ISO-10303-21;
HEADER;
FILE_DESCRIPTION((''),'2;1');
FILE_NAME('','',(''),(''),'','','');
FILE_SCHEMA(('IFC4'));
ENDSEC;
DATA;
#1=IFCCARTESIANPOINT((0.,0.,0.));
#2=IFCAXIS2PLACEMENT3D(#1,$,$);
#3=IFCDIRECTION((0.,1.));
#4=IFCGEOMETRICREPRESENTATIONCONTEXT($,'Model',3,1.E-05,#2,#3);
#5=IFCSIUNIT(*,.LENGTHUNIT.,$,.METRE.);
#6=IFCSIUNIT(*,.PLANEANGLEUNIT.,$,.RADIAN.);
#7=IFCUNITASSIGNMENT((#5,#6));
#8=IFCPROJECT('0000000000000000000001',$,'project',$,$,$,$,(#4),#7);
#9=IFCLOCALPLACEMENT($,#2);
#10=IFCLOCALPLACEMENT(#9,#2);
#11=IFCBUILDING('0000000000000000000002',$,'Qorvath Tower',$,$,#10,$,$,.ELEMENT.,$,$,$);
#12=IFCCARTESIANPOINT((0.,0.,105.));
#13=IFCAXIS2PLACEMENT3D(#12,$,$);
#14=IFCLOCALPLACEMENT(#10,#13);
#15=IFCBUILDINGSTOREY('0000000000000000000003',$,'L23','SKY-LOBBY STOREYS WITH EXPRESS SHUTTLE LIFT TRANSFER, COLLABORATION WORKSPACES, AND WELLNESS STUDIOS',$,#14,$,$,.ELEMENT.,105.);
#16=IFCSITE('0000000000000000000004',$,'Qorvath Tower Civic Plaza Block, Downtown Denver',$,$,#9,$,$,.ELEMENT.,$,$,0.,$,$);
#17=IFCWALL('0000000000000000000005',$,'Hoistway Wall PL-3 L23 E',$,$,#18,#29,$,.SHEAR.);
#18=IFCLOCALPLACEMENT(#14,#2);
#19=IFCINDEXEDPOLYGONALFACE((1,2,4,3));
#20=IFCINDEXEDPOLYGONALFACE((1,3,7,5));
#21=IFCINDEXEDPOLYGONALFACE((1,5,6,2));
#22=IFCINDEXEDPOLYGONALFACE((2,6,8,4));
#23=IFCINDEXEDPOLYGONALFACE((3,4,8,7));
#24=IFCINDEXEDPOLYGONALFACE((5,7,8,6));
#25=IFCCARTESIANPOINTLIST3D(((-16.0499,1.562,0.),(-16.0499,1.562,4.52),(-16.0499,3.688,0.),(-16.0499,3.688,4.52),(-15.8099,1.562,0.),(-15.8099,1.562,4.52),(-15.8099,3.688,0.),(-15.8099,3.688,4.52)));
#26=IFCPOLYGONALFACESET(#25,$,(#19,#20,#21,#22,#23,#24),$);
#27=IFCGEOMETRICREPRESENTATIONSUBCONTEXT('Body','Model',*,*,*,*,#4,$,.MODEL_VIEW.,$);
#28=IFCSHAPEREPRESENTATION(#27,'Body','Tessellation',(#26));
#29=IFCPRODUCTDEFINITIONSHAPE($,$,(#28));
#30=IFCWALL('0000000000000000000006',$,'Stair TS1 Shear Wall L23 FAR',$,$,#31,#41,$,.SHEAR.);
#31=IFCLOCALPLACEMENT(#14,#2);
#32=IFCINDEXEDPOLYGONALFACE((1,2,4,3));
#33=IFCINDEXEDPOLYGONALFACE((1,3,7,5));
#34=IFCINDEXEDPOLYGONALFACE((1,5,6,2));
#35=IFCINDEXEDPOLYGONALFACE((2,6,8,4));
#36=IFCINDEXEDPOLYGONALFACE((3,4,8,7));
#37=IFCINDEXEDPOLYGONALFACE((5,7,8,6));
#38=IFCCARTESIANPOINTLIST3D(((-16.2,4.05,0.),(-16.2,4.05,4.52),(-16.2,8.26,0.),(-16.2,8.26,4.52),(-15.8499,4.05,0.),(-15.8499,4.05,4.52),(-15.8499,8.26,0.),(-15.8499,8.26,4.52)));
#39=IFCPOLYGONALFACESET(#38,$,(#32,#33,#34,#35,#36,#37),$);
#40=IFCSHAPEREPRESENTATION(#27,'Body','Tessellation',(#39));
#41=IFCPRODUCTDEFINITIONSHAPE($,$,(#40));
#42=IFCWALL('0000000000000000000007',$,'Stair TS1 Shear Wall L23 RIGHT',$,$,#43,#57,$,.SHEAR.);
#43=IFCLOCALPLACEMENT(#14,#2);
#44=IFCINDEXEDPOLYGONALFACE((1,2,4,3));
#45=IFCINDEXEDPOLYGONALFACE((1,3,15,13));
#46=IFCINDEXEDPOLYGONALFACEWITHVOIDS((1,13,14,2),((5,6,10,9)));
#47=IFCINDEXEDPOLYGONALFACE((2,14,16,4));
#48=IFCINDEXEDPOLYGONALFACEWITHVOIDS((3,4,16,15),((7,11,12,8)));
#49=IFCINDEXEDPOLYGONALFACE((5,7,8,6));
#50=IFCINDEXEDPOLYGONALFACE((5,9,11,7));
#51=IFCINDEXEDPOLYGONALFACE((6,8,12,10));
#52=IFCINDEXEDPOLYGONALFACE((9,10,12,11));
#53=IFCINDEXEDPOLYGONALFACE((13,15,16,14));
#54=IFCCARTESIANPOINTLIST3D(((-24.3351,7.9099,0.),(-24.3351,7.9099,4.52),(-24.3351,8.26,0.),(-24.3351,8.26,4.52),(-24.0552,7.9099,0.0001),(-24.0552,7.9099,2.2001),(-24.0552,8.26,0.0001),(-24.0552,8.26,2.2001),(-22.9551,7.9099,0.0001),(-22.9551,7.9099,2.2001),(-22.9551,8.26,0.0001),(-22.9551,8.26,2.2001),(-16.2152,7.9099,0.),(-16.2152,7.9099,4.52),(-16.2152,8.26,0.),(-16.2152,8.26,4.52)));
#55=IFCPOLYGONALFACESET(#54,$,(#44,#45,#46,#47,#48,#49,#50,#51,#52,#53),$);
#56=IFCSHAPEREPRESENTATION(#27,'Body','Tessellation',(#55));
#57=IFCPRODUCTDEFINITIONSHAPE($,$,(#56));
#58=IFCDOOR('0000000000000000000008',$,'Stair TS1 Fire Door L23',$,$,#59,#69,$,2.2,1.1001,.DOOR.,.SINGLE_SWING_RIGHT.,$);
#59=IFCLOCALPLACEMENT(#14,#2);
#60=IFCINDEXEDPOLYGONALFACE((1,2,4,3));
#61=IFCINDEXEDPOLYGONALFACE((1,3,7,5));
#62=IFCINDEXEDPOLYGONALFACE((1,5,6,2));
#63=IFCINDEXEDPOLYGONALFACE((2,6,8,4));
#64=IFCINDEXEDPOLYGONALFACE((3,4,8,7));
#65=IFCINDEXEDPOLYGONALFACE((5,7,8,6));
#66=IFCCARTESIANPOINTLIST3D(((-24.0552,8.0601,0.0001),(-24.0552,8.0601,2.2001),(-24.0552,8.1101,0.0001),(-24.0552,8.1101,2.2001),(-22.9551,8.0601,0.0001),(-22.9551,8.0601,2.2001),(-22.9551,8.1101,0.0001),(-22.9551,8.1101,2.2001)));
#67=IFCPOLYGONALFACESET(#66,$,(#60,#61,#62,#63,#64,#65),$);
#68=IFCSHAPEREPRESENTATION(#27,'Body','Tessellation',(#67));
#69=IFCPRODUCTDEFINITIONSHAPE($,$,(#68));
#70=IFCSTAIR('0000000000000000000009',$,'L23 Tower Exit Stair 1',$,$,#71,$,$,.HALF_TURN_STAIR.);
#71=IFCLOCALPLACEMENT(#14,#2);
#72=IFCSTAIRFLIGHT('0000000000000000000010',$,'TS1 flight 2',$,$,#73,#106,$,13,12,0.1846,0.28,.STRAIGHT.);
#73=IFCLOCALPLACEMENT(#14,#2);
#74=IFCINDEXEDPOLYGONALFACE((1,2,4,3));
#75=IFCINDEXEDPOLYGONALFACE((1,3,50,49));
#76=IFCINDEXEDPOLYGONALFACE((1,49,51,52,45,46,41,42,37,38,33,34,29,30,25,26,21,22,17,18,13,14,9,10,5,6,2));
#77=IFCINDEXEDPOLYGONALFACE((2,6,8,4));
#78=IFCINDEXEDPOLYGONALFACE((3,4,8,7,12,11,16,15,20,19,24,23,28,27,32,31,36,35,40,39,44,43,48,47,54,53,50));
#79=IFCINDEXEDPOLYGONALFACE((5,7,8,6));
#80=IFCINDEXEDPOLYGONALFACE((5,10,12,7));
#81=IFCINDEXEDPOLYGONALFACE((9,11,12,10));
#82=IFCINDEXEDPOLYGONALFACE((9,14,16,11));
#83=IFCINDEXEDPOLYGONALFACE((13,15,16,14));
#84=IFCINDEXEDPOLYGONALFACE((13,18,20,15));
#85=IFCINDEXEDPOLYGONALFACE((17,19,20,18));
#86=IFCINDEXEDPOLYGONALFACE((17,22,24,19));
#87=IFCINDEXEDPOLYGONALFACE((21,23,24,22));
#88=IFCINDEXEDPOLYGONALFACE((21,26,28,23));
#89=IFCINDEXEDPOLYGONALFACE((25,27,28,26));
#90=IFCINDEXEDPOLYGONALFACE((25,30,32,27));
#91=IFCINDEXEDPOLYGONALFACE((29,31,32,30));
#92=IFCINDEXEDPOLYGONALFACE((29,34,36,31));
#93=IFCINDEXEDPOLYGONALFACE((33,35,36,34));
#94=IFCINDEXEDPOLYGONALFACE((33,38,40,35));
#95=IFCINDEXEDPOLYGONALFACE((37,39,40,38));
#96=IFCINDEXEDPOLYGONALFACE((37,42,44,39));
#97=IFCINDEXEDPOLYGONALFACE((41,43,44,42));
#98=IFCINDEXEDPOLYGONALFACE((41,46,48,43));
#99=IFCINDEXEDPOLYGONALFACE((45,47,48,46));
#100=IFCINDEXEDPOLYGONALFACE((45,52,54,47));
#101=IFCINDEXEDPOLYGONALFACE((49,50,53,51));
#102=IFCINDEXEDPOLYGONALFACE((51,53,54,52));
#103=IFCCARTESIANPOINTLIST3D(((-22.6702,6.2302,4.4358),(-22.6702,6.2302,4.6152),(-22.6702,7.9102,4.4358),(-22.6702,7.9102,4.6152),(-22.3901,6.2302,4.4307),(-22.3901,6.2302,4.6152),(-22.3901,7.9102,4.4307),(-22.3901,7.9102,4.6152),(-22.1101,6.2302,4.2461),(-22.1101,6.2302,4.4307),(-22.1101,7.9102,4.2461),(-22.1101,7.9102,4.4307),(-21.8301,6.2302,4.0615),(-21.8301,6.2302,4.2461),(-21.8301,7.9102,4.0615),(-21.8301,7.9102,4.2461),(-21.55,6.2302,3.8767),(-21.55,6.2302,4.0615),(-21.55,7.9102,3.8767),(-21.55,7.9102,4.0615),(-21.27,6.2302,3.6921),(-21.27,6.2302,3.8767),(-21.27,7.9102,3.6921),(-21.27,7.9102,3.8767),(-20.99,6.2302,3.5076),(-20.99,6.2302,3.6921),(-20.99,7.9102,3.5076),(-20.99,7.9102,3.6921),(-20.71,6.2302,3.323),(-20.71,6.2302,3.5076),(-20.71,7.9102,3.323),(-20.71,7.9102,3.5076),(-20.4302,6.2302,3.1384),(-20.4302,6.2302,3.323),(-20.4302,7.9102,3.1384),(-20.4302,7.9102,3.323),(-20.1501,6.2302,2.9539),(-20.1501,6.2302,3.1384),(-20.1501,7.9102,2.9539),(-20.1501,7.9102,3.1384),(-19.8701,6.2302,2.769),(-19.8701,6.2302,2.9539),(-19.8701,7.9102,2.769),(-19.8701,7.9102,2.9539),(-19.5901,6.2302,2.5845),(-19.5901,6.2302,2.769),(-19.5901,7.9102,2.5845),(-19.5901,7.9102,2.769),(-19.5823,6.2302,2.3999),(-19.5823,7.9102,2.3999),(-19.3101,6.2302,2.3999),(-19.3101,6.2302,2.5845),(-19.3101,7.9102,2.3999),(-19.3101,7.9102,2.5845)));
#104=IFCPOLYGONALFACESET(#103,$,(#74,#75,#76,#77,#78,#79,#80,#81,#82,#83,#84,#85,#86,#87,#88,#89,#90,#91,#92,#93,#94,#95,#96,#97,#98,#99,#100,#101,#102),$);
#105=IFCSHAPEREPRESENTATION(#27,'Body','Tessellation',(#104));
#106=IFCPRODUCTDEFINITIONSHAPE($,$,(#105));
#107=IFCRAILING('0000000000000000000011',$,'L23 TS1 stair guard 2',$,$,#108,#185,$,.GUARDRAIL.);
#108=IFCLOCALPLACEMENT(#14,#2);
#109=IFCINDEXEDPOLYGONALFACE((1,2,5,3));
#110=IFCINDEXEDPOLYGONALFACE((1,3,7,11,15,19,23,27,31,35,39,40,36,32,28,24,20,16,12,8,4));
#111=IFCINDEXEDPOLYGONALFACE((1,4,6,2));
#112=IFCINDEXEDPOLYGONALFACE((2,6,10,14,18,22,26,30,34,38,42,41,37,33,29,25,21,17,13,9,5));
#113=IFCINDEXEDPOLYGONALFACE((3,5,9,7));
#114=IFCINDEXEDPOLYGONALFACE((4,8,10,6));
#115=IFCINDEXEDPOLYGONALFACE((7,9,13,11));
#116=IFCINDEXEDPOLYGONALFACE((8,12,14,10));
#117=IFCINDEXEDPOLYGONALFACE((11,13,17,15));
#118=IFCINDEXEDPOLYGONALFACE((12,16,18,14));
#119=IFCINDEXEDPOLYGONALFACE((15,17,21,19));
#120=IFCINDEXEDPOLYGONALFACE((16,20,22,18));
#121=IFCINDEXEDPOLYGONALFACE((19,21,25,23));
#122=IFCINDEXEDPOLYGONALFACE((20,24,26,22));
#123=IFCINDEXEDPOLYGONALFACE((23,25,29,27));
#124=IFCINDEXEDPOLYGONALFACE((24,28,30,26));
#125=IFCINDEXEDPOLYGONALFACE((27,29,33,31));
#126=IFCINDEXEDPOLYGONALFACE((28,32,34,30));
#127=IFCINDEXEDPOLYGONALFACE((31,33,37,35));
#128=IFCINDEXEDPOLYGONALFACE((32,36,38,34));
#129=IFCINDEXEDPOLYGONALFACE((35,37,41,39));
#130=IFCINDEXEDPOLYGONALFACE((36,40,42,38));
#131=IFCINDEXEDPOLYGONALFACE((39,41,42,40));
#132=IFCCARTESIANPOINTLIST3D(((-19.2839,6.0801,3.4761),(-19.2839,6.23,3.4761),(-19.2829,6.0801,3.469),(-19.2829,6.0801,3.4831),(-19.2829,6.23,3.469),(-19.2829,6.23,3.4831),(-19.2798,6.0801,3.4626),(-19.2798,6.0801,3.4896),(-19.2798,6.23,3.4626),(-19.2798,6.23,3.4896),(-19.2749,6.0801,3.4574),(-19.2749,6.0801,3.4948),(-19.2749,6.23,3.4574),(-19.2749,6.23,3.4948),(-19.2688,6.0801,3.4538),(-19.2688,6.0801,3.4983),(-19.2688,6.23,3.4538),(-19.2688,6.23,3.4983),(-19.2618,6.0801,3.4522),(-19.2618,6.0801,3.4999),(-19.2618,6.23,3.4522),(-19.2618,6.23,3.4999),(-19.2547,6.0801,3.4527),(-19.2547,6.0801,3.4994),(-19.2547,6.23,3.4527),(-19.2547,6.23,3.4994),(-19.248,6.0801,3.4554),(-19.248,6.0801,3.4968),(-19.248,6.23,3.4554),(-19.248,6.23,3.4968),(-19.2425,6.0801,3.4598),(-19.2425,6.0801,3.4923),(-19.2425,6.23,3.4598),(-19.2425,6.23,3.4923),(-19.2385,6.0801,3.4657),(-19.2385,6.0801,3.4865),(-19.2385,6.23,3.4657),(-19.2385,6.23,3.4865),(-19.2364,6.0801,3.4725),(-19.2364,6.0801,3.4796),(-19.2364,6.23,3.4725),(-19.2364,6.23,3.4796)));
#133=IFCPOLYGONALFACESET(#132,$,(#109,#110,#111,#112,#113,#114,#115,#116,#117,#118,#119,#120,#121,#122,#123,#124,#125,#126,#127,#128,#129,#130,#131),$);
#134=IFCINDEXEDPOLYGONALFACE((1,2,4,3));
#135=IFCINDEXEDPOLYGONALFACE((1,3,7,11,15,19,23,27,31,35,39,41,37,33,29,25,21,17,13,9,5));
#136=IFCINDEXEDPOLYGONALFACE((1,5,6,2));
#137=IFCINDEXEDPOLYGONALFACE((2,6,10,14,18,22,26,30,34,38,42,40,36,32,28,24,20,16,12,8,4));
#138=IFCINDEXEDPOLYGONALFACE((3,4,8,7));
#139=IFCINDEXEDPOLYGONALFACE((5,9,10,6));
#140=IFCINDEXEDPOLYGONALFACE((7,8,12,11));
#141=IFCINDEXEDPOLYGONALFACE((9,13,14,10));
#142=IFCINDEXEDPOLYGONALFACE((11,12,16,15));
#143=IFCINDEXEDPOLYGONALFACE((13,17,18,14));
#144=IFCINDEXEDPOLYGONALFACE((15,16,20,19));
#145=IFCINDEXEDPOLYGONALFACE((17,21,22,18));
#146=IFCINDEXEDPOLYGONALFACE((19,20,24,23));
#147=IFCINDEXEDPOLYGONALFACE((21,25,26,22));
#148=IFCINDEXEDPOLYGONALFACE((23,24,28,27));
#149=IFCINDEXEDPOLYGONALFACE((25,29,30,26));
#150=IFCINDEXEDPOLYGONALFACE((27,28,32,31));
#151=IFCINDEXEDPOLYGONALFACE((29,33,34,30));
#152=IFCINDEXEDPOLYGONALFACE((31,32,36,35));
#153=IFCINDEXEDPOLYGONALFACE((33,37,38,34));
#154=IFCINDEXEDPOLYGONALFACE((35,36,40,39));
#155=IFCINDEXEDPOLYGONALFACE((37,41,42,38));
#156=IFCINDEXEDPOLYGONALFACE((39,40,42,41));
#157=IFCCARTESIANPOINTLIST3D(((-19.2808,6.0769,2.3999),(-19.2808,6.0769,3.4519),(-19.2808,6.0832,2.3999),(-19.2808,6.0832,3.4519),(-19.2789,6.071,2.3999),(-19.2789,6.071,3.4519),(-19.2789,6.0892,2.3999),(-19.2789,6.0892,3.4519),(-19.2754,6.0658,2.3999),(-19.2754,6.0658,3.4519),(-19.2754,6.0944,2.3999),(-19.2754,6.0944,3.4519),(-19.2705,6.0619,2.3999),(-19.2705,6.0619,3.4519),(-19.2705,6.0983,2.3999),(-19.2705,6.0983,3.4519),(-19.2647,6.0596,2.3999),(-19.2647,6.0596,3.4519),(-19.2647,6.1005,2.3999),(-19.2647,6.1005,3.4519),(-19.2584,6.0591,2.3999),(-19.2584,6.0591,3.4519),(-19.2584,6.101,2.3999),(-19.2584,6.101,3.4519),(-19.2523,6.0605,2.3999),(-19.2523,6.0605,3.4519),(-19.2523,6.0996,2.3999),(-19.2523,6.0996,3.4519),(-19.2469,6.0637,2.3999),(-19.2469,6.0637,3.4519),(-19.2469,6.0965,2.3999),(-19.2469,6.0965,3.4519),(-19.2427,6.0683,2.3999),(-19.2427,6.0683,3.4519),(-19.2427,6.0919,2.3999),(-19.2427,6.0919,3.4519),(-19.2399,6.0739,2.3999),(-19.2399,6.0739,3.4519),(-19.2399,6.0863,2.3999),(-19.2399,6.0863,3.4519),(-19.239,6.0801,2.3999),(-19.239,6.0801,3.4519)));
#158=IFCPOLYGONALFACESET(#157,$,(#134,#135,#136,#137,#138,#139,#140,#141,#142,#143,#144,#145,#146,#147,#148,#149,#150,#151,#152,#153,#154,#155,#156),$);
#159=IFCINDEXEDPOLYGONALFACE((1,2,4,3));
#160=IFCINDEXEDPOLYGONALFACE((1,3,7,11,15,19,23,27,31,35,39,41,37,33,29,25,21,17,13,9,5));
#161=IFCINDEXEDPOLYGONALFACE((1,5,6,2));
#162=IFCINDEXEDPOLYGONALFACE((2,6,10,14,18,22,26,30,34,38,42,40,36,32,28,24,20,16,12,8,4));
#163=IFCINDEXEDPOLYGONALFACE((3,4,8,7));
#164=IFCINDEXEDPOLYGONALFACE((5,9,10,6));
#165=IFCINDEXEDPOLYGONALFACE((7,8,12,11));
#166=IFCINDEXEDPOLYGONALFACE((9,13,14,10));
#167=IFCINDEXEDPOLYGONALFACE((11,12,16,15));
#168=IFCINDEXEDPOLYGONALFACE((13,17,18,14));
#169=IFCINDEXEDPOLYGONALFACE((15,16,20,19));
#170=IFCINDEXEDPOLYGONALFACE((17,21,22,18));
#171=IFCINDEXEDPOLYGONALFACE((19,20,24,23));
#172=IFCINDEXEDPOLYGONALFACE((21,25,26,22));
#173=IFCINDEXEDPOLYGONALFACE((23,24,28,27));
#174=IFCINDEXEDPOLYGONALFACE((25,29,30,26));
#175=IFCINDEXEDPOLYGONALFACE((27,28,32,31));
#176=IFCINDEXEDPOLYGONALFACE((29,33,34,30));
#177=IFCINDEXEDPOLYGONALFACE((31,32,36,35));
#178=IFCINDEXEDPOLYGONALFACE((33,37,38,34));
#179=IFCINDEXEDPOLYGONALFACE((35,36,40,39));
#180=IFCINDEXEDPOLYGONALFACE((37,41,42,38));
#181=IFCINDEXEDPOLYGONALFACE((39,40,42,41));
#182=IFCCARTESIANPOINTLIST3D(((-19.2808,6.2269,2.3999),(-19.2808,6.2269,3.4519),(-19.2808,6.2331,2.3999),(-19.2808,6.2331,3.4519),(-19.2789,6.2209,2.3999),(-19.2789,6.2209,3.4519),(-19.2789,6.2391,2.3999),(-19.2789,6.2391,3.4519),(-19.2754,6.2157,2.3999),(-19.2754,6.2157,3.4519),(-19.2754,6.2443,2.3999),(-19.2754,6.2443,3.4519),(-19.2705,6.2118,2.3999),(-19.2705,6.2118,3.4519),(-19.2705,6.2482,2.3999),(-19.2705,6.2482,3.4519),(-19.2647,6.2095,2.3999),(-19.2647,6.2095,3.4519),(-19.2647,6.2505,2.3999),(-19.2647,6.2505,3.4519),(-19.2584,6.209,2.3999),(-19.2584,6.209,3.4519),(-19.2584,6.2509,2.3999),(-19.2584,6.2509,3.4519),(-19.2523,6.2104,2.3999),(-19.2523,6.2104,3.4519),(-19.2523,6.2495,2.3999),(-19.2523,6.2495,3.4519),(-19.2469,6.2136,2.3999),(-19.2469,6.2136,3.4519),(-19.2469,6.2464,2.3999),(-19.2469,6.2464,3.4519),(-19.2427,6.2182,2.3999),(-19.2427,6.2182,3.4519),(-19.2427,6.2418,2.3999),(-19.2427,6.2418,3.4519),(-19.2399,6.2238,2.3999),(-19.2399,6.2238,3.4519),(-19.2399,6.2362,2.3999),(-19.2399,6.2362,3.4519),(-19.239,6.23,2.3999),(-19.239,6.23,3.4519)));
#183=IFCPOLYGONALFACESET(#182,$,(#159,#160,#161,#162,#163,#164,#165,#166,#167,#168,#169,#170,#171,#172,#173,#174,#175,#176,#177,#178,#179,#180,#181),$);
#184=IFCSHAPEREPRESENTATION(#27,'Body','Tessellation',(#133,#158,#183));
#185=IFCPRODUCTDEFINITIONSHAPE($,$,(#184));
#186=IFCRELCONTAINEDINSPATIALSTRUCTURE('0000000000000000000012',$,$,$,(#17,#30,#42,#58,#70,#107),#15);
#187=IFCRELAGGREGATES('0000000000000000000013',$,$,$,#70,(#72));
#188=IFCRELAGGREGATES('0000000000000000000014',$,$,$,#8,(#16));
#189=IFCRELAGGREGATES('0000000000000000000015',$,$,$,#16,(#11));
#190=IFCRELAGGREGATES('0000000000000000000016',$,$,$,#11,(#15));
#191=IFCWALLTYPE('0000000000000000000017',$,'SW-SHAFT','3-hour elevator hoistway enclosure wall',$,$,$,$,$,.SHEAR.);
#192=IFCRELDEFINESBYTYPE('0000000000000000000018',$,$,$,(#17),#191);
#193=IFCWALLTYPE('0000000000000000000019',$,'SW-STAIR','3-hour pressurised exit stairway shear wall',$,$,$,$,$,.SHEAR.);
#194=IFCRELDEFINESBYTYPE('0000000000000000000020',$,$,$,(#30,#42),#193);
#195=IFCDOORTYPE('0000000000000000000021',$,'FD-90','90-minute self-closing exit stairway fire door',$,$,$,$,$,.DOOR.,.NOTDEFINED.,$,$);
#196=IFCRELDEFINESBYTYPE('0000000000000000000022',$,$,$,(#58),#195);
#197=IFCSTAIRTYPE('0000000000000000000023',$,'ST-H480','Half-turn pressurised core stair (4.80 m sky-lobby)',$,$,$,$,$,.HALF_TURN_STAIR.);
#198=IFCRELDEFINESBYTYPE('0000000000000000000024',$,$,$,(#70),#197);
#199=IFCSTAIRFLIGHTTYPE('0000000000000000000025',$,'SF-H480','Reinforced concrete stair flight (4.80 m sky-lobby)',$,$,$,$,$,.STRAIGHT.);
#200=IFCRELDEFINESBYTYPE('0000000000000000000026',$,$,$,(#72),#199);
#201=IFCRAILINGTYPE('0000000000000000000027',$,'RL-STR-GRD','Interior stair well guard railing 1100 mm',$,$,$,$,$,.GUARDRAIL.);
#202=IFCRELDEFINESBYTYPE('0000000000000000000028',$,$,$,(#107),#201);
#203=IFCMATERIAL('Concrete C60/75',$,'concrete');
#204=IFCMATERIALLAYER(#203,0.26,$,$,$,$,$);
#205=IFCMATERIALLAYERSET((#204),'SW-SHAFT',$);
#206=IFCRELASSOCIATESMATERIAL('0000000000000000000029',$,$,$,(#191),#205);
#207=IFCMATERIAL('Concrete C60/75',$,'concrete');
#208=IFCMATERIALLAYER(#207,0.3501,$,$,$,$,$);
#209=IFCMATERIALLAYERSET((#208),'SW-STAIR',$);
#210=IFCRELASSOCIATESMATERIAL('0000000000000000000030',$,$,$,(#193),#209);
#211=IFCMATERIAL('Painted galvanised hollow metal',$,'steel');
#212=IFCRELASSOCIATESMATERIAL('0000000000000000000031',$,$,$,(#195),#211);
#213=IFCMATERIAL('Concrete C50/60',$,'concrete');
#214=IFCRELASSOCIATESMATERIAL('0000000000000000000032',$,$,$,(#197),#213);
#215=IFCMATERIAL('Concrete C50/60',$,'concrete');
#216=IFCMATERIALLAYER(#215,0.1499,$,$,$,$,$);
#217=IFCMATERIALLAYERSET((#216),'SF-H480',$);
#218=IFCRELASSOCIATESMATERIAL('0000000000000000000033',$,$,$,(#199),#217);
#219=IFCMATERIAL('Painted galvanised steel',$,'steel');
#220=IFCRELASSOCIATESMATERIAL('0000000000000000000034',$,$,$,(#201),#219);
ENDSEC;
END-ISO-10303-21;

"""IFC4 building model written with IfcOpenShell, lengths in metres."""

from ifc_helpers import new_model, si_unit, direction, frame, frame_2d, origin, origin_2d, place, context, subcontext, project, spatial, polyline, rectangle, circle, outline, extrude, material, layer, layer_set, type_object, element, fill, aggregate, save


model = new_model("IFC4")

# Units and contexts
model_context = context("Model", 3, precision=1e-05, world=origin(), true_north=direction((0.0, 1.0)))
body_context = subcontext(model_context, "Body", "Model", "MODEL_VIEW")
ifc_project = project(units=[si_unit("LENGTHUNIT", "METRE"), si_unit("PLANEANGLEUNIT", "RADIAN")], contexts=[model_context])

# Site, building, storey
site_placement = place(None, origin())
site = spatial("IfcSite", under=ifc_project, at=site_placement, Name="Qorvath Tower Civic Plaza Block, Downtown Denver", CompositionType="ELEMENT", RefElevation=0.0)
building_placement = place(site_placement, origin())
building = spatial("IfcBuilding", under=site, at=building_placement, Name="Qorvath Tower", CompositionType="ELEMENT")
storey_placement = place(building_placement, frame((0.0, 0.0, 105.0)))
storey = spatial("IfcBuildingStorey", under=building, at=storey_placement, Name="L23", Description="SKY-LOBBY STOREYS WITH EXPRESS SHUTTLE LIFT TRANSFER, COLLABORATION WORKSPACES, AND WELLNESS STUDIOS", CompositionType="ELEMENT", Elevation=105.0)

# Shared definitions
ifc_material_1 = material(Name="Concrete C60/75", Category="concrete")
ifc_layer_1 = layer(ifc_material_1, 0.26)
ifc_layer_set_1 = layer_set([ifc_layer_1], Name="SW-SHAFT")
wall_type_1 = type_object("IfcWallType", Name="SW-SHAFT", Description="3-hour elevator hoistway enclosure wall", PredefinedType="SHEAR", material=ifc_layer_set_1)

# Walls
wall_1_placement = place(storey_placement, frame((-15.9299, 3.688, 0.0), z_axis=(0.0, 0.0, 1.0), x_axis=(0.0, -1.0, 0.0)))
element("IfcWall", 1, at=wall_1_placement, inside=storey, type_object=wall_type_1, Name="Hoistway Wall PL-3 L23 E", PredefinedType="SHEAR", context=body_context, shape_type="SweptSolid", body=[
    extrude(rectangle(XDim=2.126, YDim=0.24, at=frame_2d((1.063, 0.0))), origin(), (0.0, 0.0, 1.0), 4.52),
])
ifc_material_2 = material(Name="Concrete C60/75", Category="concrete")
ifc_layer_2 = layer(ifc_material_2, 0.3501)
ifc_layer_set_2 = layer_set([ifc_layer_2], Name="SW-STAIR")
wall_type_2 = type_object("IfcWallType", Name="SW-STAIR", Description="3-hour pressurised exit stairway shear wall", PredefinedType="SHEAR", material=ifc_layer_set_2)
wall_2_placement = place(storey_placement, frame((-16.0249, 4.05, 0.0), z_axis=(0.0, 0.0, 1.0), x_axis=(0.0, 1.0, 0.0)))
element("IfcWall", 2, at=wall_2_placement, inside=storey, type_object=wall_type_2, Name="Stair TS1 Shear Wall L23 FAR", PredefinedType="SHEAR", context=body_context, shape_type="SweptSolid", body=[
    extrude(rectangle(XDim=4.21, YDim=0.3501, at=frame_2d((2.105, 0.0))), origin(), (0.0, 0.0, 1.0), 4.52),
])

# Wall, opening, door
wall_3_placement = place(storey_placement, frame((-16.2151, 8.085, 0.0), z_axis=(0.0, 0.0, 1.0), x_axis=(-1.0, 0.0, 0.0)))
wall_3 = element("IfcWall", 3, at=wall_3_placement, inside=storey, type_object=wall_type_2, Name="Stair TS1 Shear Wall L23 RIGHT", PredefinedType="SHEAR", context=body_context, shape_type="SweptSolid", body=[
    extrude(rectangle(XDim=8.1199, YDim=0.3501, at=frame_2d((4.0601, 0.0))), origin(), (0.0, 0.0, 1.0), 4.52),
])
opening_1_placement = place(wall_3_placement, frame((6.74, 0.0, 0.0)))
opening_1 = element("IfcOpeningElement", 4, at=opening_1_placement, cuts=wall_3, PredefinedType="OPENING", context=body_context, shape_type="SweptSolid", body=[
    extrude(rectangle(XDim=1.1001, YDim=2.2, at=frame_2d((0.55, 1.1001))), frame((0.0, 0.1851, 0.0), z_axis=(0.0, -1.0, 0.0), x_axis=(1.0, 0.0, 0.0)), (0.0, 0.0, 1.0), 0.3701),
])
ifc_material_3 = material(Name="Painted galvanised hollow metal", Category="steel")
door_type_1 = type_object("IfcDoorType", Name="FD-90", Description="90-minute self-closing exit stairway fire door", OperationType="NOTDEFINED", PredefinedType="DOOR", material=ifc_material_3)
door_1_placement = place(opening_1_placement, origin())
door_1 = element("IfcDoor", 5, at=door_1_placement, inside=storey, type_object=door_type_1, Name="Stair TS1 Fire Door L23", OperationType="SINGLE_SWING_RIGHT", OverallHeight=2.2, OverallWidth=1.1001, PredefinedType="DOOR", context=body_context, shape_type="SweptSolid", body=[
    extrude(rectangle(XDim=1.1001, YDim=2.2, at=frame_2d((0.55, 1.1001))), frame((0.0, 0.0249, 0.0), z_axis=(0.0, -1.0, 0.0), x_axis=(1.0, 0.0, 0.0)), (0.0, 0.0, 1.0), 0.05),
])
fill(opening_1, door_1)

# Stair, stair flight
ifc_material_4 = material(Name="Concrete C50/60", Category="concrete")
stair_type = type_object("IfcStairType", Name="ST-H480", Description="Half-turn pressurised core stair (4.80 m sky-lobby)", PredefinedType="HALF_TURN_STAIR", material=ifc_material_4)
stair_placement = place(storey_placement, origin())
stair = element("IfcStair", 6, at=stair_placement, inside=storey, type_object=stair_type, Name="L23 Tower Exit Stair 1", PredefinedType="HALF_TURN_STAIR")
ifc_material_5 = material(Name="Concrete C50/60", Category="concrete")
ifc_layer_3 = layer(ifc_material_5, 0.1499)
ifc_layer_set_3 = layer_set([ifc_layer_3], Name="SF-H480")
stair_flight_type = type_object("IfcStairFlightType", Name="SF-H480", Description="Reinforced concrete stair flight (4.80 m sky-lobby)", PredefinedType="STRAIGHT", material=ifc_layer_set_3)
stair_flight_placement = place(storey_placement, frame((-19.3101, 7.0701, 2.3999), z_axis=(0.0, 0.0, 1.0), x_axis=(-1.0, 0.0, 0.0)))
stair_flight = element("IfcStairFlight", 7, at=stair_flight_placement, type_object=stair_flight_type, Name="TS1 flight 2", NumberOfRisers=13, NumberOfTreads=12, PredefinedType="STRAIGHT", RiserHeight=0.1846, TreadLength=0.28, context=body_context, shape_type="SweptSolid", body=[
    extrude(outline(polyline([(0.0, 0.0), (0.0, 0.1846), (0.28, 0.1846), (0.28, 0.3691), (0.5601, 0.3691), (0.5601, 0.554), (0.8401, 0.554), (0.8401, 0.7385), (1.1201, 0.7385), (1.1201, 0.9231), (1.3999, 0.9231), (1.3999, 1.1077), (1.6799, 1.1077), (1.6799, 1.2922), (1.96, 1.2922), (1.96, 1.4768), (2.24, 1.4768), (2.24, 1.6616), (2.52, 1.6616), (2.52, 1.8462), (2.8, 1.8462), (2.8, 2.0308), (3.0801, 2.0308), (3.0801, 2.2153), (3.3601, 2.2153), (3.3601, 2.3999), (3.3601, 2.0359), (0.2722, 0.0), (0.0, 0.0)])), frame((0.0, 0.8398, 0.0), z_axis=(0.0, -1.0, 0.0), x_axis=(1.0, 0.0, 0.0)), (0.0, 0.0, 1.0), 1.6799),
])
aggregate(stair, [stair_flight])

# Railing
ifc_material_6 = material(Name="Painted galvanised steel", Category="steel")
railing_type_1 = type_object("IfcRailingType", Name="RL-STR-GRD", Description="Interior stair well guard railing 1100 mm", PredefinedType="GUARDRAIL", material=ifc_material_6)
railing_1_placement = place(storey_placement, frame((-19.26, 6.0801, 2.3999)))
element("IfcRailing", 8, at=railing_1_placement, inside=storey, type_object=railing_type_1, Name="L23 TS1 stair guard 2", PredefinedType="GUARDRAIL", context=body_context, shape_type="SweptSolid", body=[
    extrude(circle(Radius=0.0239, at=origin_2d()), frame((0.0, 0.0, 1.0762), z_axis=(0.0, 1.0, 0.0), x_axis=(-1.0, 0.0, 0.0)), (0.0, 0.0, 1.0), 0.1499),
    extrude(circle(Radius=0.021, at=origin_2d()), origin(), (0.0, 0.0, 1.0), 1.052),
    extrude(circle(Radius=0.021, at=origin_2d()), frame((0.0, 0.1499, 0.0)), (0.0, 0.0, 1.0), 1.052),
])

save(model, "model.ifc")
